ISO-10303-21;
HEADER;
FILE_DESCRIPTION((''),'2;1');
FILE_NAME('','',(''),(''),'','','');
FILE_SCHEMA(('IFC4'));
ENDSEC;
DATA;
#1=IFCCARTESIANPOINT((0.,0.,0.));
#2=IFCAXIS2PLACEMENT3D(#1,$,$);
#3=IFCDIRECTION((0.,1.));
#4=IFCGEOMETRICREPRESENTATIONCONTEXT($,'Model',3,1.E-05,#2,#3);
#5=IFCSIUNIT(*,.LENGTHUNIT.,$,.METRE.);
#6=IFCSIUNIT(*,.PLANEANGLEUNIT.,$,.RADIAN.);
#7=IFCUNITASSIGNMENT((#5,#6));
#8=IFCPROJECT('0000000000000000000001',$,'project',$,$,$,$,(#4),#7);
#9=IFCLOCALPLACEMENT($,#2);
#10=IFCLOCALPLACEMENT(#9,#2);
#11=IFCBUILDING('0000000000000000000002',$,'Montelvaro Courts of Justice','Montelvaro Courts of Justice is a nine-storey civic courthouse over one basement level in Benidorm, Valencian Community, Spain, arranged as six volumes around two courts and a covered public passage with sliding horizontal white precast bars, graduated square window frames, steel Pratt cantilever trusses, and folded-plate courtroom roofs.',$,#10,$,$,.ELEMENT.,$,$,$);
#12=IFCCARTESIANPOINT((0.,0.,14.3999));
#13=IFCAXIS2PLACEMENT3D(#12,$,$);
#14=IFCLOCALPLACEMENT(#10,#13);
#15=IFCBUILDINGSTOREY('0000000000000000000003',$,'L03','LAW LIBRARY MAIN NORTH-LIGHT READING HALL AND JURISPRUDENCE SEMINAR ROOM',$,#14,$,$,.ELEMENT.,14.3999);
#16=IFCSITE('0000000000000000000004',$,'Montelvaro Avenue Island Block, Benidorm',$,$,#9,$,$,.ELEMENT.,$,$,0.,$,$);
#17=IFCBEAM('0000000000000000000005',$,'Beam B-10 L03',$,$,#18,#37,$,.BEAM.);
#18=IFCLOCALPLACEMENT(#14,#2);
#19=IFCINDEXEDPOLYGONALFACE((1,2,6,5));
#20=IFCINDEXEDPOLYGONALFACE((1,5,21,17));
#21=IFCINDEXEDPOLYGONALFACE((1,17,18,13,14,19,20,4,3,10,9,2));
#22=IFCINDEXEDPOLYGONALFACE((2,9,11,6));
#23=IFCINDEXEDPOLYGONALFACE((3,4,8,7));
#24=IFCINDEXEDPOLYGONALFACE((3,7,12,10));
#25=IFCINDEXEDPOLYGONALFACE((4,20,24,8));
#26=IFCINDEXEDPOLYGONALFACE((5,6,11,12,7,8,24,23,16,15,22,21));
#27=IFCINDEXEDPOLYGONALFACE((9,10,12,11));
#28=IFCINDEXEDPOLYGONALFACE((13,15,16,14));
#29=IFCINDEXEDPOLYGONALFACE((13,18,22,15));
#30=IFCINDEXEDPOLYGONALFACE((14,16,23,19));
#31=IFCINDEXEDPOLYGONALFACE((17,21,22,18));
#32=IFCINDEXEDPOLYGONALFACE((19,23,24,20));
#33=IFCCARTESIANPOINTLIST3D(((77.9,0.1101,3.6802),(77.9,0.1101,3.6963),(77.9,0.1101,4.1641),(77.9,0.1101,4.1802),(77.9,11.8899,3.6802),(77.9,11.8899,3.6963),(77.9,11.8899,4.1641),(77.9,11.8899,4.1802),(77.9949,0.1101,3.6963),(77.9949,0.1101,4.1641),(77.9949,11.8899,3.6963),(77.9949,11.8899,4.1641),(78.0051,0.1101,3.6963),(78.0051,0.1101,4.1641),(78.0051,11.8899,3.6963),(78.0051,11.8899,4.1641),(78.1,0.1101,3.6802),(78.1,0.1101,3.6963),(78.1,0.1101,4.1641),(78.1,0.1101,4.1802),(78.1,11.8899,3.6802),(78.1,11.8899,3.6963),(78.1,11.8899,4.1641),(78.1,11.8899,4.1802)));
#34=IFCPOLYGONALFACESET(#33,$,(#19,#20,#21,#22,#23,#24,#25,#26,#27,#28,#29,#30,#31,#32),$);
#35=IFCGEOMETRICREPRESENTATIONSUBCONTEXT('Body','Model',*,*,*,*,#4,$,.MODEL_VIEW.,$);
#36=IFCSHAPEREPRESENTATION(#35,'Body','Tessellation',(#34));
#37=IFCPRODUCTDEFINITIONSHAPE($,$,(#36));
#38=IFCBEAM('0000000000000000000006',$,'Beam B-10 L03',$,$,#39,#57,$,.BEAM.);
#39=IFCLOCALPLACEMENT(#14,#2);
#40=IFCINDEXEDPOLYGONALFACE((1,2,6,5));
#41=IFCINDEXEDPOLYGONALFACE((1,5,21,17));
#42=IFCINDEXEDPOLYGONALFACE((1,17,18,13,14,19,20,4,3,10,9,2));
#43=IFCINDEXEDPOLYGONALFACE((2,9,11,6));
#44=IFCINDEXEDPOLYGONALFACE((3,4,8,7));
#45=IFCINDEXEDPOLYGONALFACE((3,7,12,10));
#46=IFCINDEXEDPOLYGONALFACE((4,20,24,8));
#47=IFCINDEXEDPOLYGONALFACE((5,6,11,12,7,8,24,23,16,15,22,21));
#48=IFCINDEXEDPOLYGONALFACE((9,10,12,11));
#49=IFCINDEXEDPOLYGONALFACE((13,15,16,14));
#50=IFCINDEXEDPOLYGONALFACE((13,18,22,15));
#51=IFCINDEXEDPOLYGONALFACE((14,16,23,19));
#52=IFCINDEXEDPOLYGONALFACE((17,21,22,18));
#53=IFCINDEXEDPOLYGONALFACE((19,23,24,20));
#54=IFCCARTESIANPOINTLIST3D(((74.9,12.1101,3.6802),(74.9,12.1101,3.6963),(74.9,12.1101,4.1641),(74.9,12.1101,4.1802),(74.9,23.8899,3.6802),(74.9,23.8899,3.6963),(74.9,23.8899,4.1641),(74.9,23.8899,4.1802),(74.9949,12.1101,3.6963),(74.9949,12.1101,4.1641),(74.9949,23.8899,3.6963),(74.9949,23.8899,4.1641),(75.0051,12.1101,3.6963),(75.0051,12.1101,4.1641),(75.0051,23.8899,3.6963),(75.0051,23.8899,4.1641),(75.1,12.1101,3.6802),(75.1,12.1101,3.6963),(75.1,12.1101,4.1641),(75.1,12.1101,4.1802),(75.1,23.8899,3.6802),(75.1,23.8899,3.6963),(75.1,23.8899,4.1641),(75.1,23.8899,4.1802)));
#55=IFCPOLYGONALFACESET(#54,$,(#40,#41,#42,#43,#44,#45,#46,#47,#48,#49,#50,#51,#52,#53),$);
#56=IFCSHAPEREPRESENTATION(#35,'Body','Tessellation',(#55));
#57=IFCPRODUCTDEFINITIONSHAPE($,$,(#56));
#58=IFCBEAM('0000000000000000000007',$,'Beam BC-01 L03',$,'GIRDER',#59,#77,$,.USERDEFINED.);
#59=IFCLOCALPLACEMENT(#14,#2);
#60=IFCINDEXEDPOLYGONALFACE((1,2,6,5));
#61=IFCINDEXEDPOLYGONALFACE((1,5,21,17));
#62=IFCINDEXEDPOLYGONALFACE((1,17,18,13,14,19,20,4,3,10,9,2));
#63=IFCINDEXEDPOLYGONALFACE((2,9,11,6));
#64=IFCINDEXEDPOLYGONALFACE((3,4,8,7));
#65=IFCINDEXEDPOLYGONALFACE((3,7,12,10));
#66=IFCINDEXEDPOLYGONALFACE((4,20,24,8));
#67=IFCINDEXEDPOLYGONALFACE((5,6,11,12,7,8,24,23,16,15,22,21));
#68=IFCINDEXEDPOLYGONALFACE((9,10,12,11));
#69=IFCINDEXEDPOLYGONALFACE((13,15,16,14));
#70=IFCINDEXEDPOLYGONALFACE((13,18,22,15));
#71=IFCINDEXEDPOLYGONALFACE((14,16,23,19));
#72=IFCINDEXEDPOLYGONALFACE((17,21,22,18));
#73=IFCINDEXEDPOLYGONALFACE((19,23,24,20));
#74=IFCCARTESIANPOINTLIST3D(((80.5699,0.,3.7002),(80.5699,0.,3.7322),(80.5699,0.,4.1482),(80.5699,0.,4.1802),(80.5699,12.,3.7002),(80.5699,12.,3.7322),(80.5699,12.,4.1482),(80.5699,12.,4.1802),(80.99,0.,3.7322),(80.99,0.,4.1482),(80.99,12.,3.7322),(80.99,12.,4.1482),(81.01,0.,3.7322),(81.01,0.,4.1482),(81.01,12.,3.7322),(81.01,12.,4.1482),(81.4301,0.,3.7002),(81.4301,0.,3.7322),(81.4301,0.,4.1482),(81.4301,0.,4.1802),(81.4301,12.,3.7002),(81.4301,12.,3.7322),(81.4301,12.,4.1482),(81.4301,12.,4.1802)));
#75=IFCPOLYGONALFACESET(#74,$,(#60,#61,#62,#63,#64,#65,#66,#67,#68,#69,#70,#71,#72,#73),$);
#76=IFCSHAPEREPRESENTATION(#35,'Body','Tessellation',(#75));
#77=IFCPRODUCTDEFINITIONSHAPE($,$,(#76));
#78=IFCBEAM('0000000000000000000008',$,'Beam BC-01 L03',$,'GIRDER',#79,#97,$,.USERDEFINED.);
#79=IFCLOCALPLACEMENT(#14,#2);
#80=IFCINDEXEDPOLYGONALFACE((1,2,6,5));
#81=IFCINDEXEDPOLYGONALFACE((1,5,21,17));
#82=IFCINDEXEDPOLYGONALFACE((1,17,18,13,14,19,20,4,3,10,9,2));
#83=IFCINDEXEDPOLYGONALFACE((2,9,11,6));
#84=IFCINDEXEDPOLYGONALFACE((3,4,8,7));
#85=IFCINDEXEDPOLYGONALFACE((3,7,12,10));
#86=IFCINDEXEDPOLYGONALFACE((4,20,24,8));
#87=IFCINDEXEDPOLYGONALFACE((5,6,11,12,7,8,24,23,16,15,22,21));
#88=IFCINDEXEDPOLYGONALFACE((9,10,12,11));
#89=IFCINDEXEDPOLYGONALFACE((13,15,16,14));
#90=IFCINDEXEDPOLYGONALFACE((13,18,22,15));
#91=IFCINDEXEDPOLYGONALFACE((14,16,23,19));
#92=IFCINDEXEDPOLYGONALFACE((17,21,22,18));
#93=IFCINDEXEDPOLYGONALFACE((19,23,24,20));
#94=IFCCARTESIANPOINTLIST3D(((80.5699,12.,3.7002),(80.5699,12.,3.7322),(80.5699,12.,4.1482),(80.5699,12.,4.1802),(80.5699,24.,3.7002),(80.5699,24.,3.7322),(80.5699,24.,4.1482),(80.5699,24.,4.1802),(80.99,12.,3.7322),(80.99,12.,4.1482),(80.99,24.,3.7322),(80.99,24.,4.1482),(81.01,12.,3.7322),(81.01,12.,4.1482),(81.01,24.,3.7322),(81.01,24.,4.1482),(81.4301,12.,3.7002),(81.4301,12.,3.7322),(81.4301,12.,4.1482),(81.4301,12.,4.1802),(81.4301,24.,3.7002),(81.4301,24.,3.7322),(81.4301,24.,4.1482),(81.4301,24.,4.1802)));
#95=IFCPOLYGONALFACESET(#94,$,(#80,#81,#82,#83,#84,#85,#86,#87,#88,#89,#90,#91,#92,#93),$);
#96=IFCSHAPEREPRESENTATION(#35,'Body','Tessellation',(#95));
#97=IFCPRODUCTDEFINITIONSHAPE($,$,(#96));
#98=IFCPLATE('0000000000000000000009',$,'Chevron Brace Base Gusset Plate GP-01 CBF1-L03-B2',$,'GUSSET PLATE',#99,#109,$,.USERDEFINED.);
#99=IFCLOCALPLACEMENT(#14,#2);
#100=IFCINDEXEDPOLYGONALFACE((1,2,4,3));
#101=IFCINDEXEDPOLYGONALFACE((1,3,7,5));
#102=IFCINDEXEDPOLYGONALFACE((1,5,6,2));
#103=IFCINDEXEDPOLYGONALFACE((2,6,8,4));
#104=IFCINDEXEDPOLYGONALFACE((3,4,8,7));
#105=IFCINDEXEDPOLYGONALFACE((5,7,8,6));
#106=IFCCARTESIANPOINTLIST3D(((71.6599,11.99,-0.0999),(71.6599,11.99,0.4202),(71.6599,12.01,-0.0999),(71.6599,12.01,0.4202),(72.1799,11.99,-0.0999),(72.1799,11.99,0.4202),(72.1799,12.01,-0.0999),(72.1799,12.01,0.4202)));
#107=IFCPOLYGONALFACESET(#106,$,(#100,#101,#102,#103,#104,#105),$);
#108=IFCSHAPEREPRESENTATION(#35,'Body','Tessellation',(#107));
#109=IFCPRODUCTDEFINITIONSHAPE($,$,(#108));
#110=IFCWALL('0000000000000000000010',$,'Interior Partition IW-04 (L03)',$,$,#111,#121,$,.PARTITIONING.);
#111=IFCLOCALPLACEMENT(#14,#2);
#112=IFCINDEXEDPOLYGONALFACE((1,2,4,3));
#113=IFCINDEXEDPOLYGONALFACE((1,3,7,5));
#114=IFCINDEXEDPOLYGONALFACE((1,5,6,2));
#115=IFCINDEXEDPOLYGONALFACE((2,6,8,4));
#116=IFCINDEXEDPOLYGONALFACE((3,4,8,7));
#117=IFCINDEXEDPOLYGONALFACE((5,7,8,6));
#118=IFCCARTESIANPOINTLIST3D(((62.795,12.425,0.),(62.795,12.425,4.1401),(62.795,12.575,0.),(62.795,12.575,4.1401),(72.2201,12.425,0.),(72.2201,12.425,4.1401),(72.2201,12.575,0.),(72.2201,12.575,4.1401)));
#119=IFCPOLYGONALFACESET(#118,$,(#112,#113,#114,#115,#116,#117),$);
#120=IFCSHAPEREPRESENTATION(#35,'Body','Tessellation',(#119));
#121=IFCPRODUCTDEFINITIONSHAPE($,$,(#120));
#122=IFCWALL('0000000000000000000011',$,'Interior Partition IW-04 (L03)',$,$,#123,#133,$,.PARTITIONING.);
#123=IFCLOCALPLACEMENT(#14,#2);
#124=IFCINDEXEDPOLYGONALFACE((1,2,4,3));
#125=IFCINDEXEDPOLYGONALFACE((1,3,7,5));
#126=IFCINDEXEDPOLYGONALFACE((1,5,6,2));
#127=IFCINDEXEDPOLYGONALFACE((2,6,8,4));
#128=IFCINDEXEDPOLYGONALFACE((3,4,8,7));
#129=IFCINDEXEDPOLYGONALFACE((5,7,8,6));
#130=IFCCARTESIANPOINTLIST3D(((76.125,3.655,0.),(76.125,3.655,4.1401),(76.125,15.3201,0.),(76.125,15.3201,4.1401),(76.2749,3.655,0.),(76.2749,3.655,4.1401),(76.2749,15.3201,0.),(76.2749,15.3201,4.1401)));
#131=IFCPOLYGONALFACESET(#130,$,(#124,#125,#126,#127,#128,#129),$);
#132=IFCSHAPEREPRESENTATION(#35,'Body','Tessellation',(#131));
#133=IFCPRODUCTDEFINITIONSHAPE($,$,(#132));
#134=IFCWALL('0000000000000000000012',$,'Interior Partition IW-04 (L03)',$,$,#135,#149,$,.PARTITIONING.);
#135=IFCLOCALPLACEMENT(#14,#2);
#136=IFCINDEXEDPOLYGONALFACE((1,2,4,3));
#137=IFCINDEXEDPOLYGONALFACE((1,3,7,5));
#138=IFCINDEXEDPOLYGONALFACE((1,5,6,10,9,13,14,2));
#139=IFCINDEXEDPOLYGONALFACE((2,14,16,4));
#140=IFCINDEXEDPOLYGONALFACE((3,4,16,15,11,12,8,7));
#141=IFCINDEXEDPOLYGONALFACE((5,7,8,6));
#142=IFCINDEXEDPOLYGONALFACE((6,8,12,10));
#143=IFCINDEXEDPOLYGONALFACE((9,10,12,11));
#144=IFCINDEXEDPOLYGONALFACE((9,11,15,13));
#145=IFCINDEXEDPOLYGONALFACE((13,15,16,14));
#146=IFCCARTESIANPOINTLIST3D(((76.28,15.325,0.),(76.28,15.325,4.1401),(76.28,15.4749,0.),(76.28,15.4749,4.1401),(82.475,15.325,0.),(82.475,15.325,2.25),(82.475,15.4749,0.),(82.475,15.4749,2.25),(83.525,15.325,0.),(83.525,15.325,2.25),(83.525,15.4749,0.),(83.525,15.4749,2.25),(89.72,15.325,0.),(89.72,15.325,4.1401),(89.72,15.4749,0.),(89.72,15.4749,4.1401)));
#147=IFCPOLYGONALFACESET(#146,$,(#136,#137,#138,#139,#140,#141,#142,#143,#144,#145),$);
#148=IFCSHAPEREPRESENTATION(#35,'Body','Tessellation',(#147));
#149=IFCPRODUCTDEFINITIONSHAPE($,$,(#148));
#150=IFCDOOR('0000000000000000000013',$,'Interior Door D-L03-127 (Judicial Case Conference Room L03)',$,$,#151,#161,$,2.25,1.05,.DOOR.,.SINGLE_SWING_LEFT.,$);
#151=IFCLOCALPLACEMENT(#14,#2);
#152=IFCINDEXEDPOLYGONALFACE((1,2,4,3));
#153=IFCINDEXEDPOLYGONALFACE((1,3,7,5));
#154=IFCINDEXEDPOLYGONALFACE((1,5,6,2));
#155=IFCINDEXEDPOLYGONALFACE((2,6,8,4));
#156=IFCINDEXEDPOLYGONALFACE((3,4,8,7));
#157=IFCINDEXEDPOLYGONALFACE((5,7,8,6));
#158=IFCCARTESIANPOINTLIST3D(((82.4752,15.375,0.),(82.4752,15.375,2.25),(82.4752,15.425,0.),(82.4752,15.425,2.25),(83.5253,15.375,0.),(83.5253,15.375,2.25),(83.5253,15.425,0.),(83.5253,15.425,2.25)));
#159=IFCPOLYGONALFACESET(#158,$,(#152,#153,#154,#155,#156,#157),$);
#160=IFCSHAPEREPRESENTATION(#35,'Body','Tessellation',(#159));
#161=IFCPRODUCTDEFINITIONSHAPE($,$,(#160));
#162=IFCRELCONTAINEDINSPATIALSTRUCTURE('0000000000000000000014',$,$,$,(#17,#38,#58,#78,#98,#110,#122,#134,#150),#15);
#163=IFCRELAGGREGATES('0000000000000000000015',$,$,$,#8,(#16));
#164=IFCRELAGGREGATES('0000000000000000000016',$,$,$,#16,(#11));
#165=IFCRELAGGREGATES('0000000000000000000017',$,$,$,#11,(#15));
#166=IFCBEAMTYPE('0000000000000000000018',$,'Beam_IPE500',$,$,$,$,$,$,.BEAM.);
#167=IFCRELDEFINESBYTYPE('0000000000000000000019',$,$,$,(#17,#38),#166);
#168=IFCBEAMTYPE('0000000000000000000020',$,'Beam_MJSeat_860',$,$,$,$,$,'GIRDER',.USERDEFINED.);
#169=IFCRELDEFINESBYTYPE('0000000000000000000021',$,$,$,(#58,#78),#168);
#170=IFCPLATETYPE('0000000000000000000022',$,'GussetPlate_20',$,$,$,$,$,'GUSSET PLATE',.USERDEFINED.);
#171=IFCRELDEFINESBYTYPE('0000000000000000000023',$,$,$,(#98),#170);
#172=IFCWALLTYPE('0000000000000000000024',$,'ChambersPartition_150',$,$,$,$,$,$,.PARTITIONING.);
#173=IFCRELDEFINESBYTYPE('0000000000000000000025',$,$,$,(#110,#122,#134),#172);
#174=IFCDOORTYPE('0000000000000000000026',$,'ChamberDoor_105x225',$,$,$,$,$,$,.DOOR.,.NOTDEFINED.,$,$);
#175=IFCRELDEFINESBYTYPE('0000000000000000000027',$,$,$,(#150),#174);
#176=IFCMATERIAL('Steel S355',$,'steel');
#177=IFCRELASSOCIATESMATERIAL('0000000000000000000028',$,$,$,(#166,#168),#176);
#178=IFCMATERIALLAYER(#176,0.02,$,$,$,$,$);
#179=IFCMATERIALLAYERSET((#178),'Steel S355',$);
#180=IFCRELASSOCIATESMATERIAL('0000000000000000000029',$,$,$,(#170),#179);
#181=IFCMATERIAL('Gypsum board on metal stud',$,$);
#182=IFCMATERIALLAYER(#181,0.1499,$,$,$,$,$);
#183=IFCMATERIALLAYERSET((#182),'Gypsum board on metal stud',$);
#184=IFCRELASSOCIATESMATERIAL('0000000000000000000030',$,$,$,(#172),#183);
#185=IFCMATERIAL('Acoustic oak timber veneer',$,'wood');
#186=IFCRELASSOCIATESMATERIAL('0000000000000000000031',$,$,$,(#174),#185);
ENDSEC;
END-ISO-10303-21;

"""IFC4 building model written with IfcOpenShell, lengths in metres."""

from ifc_helpers import new_model, si_unit, direction, frame, frame_2d, origin, origin_2d, place, context, subcontext, project, spatial, rectangle, i_section, extrude, material, layer, layer_set, material_profile, profile_set, type_object, element, fill, save


model = new_model("IFC4")

# Units and contexts
model_context = context("Model", 3, precision=1e-05, world=origin(), true_north=direction((0.0, 1.0)))
body_context = subcontext(model_context, "Body", "Model", "MODEL_VIEW")
ifc_project = project(units=[si_unit("LENGTHUNIT", "METRE"), si_unit("PLANEANGLEUNIT", "RADIAN")], contexts=[model_context])

# Site, building, storey
site_placement = place(None, origin())
site = spatial("IfcSite", under=ifc_project, at=site_placement, Name="Montelvaro Avenue Island Block, Benidorm", CompositionType="ELEMENT", RefElevation=0.0)
building_placement = place(site_placement, origin())
building = spatial("IfcBuilding", under=site, at=building_placement, Name="Montelvaro Courts of Justice", Description="Montelvaro Courts of Justice is a nine-storey civic courthouse over one basement level in Benidorm, Valencian Community, Spain, arranged as six volumes around two courts and a covered public passage with sliding horizontal white precast bars, graduated square window frames, steel Pratt cantilever trusses, and folded-plate courtroom roofs.", CompositionType="ELEMENT")
storey_placement = place(building_placement, frame((0.0, 0.0, 14.3999)))
storey = spatial("IfcBuildingStorey", under=building, at=storey_placement, Name="L03", Description="LAW LIBRARY MAIN NORTH-LIGHT READING HALL AND JURISPRUDENCE SEMINAR ROOM", CompositionType="ELEMENT", Elevation=14.3999)

# Shared definitions
ifc_material_1 = material(Name="Steel S355", Category="steel")

# Beams
ifc_material_profile_1 = material_profile(ifc_material_1, i_section(OverallWidth=0.2, OverallDepth=0.5, WebThickness=0.0103, FlangeThickness=0.0161, at=origin_2d()), Name="IPE 500")
ifc_profile_set_1 = profile_set([ifc_material_profile_1], Name="Steel S355")
beam_type_1 = type_object("IfcBeamType", Name="Beam_IPE500", PredefinedType="BEAM", material=ifc_profile_set_1)
for number, where, z_axis, x_axis, name in (
    (1, (78.0, 0.1101, 3.9302), (0.0, 1.0, 0.0), (-1.0, 0.0, 0.0), "Beam B-10 L03"),
    (2, (75.0, 12.1101, 3.9302), (0.0, 1.0, 0.0), (-1.0, 0.0, 0.0), "Beam B-10 L03"),
):
    element("IfcBeam", number, at=place(storey_placement, frame(where, z_axis=z_axis, x_axis=x_axis)), inside=storey, type_object=beam_type_1, Name=name, PredefinedType="BEAM", context=body_context, shape_type="SweptSolid", body=[
        extrude(i_section(OverallWidth=0.2, OverallDepth=0.5, WebThickness=0.0103, FlangeThickness=0.0161, at=origin_2d()), origin(), (0.0, 0.0, 1.0), 11.7798),
    ])
ifc_material_profile_2 = material_profile(ifc_material_1, i_section(OverallWidth=0.8601, OverallDepth=0.48, WebThickness=0.02, FlangeThickness=0.032, at=origin_2d()), Name="HL 480x860")
ifc_profile_set_2 = profile_set([ifc_material_profile_2], Name="Steel S355")
beam_type_2 = type_object("IfcBeamType", Name="Beam_MJSeat_860", ElementType="GIRDER", PredefinedType="USERDEFINED", material=ifc_profile_set_2)
for number, where, z_axis, x_axis, name in (
    (3, (81.0, 0.0, 3.9402), (0.0, 1.0, 0.0), (-1.0, 0.0, 0.0), "Beam BC-01 L03"),
    (4, (81.0, 12.0, 3.9402), (0.0, 1.0, 0.0), (-1.0, 0.0, 0.0), "Beam BC-01 L03"),
):
    element("IfcBeam", number, at=place(storey_placement, frame(where, z_axis=z_axis, x_axis=x_axis)), inside=storey, type_object=beam_type_2, Name=name, ObjectType="GIRDER", PredefinedType="USERDEFINED", context=body_context, shape_type="SweptSolid", body=[
        extrude(i_section(OverallWidth=0.8601, OverallDepth=0.48, WebThickness=0.02, FlangeThickness=0.032, at=origin_2d()), origin(), (0.0, 0.0, 1.0), 12.0),
    ])

# Plate
ifc_layer_1 = layer(ifc_material_1, 0.02)
ifc_layer_set_1 = layer_set([ifc_layer_1], Name="Steel S355")
plate_type = type_object("IfcPlateType", Name="GussetPlate_20", ElementType="GUSSET PLATE", PredefinedType="USERDEFINED", material=ifc_layer_set_1)
plate_placement = place(storey_placement, frame((71.9199, 12.0, -0.0999), z_axis=(0.0, 0.0, 1.0), x_axis=(1.0, 0.0, 0.0)))
element("IfcPlate", 5, at=plate_placement, inside=storey, type_object=plate_type, Name="Chevron Brace Base Gusset Plate GP-01 CBF1-L03-B2", ObjectType="GUSSET PLATE", PredefinedType="USERDEFINED", context=body_context, shape_type="SweptSolid", body=[
    extrude(rectangle(XDim=0.52, YDim=0.02, at=origin_2d()), origin(), (0.0, 0.0, 1.0), 0.52),
])

# Walls
ifc_material_2 = material(Name="Gypsum board on metal stud")
ifc_layer_2 = layer(ifc_material_2, 0.1499)
ifc_layer_set_2 = layer_set([ifc_layer_2], Name="Gypsum board on metal stud")
wall_type_1 = type_object("IfcWallType", Name="ChambersPartition_150", PredefinedType="PARTITIONING", material=ifc_layer_set_2)
wall_1_placement = place(storey_placement, frame((72.22, 12.5, 0.0), z_axis=(0.0, 0.0, 1.0), x_axis=(-1.0, 0.0, 0.0)))
element("IfcWall", 6, at=wall_1_placement, inside=storey, type_object=wall_type_1, Name="Interior Partition IW-04 (L03)", PredefinedType="PARTITIONING", context=body_context, shape_type="SweptSolid", body=[
    extrude(rectangle(XDim=9.425, YDim=0.1499, at=frame_2d((4.7124, 0.0))), origin(), (0.0, 0.0, 1.0), 4.1401),
])
wall_2_placement = place(storey_placement, frame((76.2, 3.655, 0.0), z_axis=(0.0, 0.0, 1.0), x_axis=(0.0, 1.0, 0.0)))
element("IfcWall", 7, at=wall_2_placement, inside=storey, type_object=wall_type_1, Name="Interior Partition IW-04 (L03)", PredefinedType="PARTITIONING", context=body_context, shape_type="SweptSolid", body=[
    extrude(rectangle(XDim=11.665, YDim=0.1499, at=frame_2d((5.8325, 0.0))), origin(), (0.0, 0.0, 1.0), 4.1401),
])

# Wall, opening, door
wall_3_placement = place(storey_placement, frame((76.28, 15.3999, 0.0), z_axis=(0.0, 0.0, 1.0), x_axis=(1.0, 0.0, 0.0)))
wall_3 = element("IfcWall", 8, at=wall_3_placement, inside=storey, type_object=wall_type_1, Name="Interior Partition IW-04 (L03)", PredefinedType="PARTITIONING", context=body_context, shape_type="SweptSolid", body=[
    extrude(rectangle(XDim=13.4399, YDim=0.1499, at=frame_2d((6.72, 0.0))), origin(), (0.0, 0.0, 1.0), 4.1401),
])
opening_1_placement = place(wall_3_placement, frame((6.1951, 0.0, 0.0)))
opening_1 = element("IfcOpeningElement", 9, at=opening_1_placement, cuts=wall_3, PredefinedType="OPENING", context=body_context, shape_type="SweptSolid", body=[
    extrude(rectangle(XDim=1.05, YDim=2.25, at=frame_2d((0.5249, 1.125))), frame((0.0, 0.0898, 0.0), z_axis=(0.0, -1.0, 0.0), x_axis=(1.0, 0.0, 0.0)), (0.0, 0.0, 1.0), 0.1797),
])
ifc_material_3 = material(Name="Acoustic oak timber veneer", Category="wood")
door_type_1 = type_object("IfcDoorType", Name="ChamberDoor_105x225", OperationType="NOTDEFINED", PredefinedType="DOOR", material=ifc_material_3)
door_1_placement = place(opening_1_placement, frame((1.05, 0.0, 0.0), z_axis=(0.0, 0.0, 1.0), x_axis=(-1.0, 0.0, 0.0)))
door_1 = element("IfcDoor", 10, at=door_1_placement, inside=storey, type_object=door_type_1, Name="Interior Door D-L03-127 (Judicial Case Conference Room L03)", OperationType="SINGLE_SWING_LEFT", OverallHeight=2.25, OverallWidth=1.05, PredefinedType="DOOR", context=body_context, shape_type="SweptSolid", body=[
    extrude(rectangle(XDim=1.05, YDim=2.25, at=frame_2d((0.5249, 1.125))), frame((0.0, 0.0249, 0.0), z_axis=(0.0, -1.0, 0.0), x_axis=(1.0, 0.0, 0.0)), (0.0, 0.0, 1.0), 0.05),
])
fill(opening_1, door_1)

save(model, "model.ifc")
